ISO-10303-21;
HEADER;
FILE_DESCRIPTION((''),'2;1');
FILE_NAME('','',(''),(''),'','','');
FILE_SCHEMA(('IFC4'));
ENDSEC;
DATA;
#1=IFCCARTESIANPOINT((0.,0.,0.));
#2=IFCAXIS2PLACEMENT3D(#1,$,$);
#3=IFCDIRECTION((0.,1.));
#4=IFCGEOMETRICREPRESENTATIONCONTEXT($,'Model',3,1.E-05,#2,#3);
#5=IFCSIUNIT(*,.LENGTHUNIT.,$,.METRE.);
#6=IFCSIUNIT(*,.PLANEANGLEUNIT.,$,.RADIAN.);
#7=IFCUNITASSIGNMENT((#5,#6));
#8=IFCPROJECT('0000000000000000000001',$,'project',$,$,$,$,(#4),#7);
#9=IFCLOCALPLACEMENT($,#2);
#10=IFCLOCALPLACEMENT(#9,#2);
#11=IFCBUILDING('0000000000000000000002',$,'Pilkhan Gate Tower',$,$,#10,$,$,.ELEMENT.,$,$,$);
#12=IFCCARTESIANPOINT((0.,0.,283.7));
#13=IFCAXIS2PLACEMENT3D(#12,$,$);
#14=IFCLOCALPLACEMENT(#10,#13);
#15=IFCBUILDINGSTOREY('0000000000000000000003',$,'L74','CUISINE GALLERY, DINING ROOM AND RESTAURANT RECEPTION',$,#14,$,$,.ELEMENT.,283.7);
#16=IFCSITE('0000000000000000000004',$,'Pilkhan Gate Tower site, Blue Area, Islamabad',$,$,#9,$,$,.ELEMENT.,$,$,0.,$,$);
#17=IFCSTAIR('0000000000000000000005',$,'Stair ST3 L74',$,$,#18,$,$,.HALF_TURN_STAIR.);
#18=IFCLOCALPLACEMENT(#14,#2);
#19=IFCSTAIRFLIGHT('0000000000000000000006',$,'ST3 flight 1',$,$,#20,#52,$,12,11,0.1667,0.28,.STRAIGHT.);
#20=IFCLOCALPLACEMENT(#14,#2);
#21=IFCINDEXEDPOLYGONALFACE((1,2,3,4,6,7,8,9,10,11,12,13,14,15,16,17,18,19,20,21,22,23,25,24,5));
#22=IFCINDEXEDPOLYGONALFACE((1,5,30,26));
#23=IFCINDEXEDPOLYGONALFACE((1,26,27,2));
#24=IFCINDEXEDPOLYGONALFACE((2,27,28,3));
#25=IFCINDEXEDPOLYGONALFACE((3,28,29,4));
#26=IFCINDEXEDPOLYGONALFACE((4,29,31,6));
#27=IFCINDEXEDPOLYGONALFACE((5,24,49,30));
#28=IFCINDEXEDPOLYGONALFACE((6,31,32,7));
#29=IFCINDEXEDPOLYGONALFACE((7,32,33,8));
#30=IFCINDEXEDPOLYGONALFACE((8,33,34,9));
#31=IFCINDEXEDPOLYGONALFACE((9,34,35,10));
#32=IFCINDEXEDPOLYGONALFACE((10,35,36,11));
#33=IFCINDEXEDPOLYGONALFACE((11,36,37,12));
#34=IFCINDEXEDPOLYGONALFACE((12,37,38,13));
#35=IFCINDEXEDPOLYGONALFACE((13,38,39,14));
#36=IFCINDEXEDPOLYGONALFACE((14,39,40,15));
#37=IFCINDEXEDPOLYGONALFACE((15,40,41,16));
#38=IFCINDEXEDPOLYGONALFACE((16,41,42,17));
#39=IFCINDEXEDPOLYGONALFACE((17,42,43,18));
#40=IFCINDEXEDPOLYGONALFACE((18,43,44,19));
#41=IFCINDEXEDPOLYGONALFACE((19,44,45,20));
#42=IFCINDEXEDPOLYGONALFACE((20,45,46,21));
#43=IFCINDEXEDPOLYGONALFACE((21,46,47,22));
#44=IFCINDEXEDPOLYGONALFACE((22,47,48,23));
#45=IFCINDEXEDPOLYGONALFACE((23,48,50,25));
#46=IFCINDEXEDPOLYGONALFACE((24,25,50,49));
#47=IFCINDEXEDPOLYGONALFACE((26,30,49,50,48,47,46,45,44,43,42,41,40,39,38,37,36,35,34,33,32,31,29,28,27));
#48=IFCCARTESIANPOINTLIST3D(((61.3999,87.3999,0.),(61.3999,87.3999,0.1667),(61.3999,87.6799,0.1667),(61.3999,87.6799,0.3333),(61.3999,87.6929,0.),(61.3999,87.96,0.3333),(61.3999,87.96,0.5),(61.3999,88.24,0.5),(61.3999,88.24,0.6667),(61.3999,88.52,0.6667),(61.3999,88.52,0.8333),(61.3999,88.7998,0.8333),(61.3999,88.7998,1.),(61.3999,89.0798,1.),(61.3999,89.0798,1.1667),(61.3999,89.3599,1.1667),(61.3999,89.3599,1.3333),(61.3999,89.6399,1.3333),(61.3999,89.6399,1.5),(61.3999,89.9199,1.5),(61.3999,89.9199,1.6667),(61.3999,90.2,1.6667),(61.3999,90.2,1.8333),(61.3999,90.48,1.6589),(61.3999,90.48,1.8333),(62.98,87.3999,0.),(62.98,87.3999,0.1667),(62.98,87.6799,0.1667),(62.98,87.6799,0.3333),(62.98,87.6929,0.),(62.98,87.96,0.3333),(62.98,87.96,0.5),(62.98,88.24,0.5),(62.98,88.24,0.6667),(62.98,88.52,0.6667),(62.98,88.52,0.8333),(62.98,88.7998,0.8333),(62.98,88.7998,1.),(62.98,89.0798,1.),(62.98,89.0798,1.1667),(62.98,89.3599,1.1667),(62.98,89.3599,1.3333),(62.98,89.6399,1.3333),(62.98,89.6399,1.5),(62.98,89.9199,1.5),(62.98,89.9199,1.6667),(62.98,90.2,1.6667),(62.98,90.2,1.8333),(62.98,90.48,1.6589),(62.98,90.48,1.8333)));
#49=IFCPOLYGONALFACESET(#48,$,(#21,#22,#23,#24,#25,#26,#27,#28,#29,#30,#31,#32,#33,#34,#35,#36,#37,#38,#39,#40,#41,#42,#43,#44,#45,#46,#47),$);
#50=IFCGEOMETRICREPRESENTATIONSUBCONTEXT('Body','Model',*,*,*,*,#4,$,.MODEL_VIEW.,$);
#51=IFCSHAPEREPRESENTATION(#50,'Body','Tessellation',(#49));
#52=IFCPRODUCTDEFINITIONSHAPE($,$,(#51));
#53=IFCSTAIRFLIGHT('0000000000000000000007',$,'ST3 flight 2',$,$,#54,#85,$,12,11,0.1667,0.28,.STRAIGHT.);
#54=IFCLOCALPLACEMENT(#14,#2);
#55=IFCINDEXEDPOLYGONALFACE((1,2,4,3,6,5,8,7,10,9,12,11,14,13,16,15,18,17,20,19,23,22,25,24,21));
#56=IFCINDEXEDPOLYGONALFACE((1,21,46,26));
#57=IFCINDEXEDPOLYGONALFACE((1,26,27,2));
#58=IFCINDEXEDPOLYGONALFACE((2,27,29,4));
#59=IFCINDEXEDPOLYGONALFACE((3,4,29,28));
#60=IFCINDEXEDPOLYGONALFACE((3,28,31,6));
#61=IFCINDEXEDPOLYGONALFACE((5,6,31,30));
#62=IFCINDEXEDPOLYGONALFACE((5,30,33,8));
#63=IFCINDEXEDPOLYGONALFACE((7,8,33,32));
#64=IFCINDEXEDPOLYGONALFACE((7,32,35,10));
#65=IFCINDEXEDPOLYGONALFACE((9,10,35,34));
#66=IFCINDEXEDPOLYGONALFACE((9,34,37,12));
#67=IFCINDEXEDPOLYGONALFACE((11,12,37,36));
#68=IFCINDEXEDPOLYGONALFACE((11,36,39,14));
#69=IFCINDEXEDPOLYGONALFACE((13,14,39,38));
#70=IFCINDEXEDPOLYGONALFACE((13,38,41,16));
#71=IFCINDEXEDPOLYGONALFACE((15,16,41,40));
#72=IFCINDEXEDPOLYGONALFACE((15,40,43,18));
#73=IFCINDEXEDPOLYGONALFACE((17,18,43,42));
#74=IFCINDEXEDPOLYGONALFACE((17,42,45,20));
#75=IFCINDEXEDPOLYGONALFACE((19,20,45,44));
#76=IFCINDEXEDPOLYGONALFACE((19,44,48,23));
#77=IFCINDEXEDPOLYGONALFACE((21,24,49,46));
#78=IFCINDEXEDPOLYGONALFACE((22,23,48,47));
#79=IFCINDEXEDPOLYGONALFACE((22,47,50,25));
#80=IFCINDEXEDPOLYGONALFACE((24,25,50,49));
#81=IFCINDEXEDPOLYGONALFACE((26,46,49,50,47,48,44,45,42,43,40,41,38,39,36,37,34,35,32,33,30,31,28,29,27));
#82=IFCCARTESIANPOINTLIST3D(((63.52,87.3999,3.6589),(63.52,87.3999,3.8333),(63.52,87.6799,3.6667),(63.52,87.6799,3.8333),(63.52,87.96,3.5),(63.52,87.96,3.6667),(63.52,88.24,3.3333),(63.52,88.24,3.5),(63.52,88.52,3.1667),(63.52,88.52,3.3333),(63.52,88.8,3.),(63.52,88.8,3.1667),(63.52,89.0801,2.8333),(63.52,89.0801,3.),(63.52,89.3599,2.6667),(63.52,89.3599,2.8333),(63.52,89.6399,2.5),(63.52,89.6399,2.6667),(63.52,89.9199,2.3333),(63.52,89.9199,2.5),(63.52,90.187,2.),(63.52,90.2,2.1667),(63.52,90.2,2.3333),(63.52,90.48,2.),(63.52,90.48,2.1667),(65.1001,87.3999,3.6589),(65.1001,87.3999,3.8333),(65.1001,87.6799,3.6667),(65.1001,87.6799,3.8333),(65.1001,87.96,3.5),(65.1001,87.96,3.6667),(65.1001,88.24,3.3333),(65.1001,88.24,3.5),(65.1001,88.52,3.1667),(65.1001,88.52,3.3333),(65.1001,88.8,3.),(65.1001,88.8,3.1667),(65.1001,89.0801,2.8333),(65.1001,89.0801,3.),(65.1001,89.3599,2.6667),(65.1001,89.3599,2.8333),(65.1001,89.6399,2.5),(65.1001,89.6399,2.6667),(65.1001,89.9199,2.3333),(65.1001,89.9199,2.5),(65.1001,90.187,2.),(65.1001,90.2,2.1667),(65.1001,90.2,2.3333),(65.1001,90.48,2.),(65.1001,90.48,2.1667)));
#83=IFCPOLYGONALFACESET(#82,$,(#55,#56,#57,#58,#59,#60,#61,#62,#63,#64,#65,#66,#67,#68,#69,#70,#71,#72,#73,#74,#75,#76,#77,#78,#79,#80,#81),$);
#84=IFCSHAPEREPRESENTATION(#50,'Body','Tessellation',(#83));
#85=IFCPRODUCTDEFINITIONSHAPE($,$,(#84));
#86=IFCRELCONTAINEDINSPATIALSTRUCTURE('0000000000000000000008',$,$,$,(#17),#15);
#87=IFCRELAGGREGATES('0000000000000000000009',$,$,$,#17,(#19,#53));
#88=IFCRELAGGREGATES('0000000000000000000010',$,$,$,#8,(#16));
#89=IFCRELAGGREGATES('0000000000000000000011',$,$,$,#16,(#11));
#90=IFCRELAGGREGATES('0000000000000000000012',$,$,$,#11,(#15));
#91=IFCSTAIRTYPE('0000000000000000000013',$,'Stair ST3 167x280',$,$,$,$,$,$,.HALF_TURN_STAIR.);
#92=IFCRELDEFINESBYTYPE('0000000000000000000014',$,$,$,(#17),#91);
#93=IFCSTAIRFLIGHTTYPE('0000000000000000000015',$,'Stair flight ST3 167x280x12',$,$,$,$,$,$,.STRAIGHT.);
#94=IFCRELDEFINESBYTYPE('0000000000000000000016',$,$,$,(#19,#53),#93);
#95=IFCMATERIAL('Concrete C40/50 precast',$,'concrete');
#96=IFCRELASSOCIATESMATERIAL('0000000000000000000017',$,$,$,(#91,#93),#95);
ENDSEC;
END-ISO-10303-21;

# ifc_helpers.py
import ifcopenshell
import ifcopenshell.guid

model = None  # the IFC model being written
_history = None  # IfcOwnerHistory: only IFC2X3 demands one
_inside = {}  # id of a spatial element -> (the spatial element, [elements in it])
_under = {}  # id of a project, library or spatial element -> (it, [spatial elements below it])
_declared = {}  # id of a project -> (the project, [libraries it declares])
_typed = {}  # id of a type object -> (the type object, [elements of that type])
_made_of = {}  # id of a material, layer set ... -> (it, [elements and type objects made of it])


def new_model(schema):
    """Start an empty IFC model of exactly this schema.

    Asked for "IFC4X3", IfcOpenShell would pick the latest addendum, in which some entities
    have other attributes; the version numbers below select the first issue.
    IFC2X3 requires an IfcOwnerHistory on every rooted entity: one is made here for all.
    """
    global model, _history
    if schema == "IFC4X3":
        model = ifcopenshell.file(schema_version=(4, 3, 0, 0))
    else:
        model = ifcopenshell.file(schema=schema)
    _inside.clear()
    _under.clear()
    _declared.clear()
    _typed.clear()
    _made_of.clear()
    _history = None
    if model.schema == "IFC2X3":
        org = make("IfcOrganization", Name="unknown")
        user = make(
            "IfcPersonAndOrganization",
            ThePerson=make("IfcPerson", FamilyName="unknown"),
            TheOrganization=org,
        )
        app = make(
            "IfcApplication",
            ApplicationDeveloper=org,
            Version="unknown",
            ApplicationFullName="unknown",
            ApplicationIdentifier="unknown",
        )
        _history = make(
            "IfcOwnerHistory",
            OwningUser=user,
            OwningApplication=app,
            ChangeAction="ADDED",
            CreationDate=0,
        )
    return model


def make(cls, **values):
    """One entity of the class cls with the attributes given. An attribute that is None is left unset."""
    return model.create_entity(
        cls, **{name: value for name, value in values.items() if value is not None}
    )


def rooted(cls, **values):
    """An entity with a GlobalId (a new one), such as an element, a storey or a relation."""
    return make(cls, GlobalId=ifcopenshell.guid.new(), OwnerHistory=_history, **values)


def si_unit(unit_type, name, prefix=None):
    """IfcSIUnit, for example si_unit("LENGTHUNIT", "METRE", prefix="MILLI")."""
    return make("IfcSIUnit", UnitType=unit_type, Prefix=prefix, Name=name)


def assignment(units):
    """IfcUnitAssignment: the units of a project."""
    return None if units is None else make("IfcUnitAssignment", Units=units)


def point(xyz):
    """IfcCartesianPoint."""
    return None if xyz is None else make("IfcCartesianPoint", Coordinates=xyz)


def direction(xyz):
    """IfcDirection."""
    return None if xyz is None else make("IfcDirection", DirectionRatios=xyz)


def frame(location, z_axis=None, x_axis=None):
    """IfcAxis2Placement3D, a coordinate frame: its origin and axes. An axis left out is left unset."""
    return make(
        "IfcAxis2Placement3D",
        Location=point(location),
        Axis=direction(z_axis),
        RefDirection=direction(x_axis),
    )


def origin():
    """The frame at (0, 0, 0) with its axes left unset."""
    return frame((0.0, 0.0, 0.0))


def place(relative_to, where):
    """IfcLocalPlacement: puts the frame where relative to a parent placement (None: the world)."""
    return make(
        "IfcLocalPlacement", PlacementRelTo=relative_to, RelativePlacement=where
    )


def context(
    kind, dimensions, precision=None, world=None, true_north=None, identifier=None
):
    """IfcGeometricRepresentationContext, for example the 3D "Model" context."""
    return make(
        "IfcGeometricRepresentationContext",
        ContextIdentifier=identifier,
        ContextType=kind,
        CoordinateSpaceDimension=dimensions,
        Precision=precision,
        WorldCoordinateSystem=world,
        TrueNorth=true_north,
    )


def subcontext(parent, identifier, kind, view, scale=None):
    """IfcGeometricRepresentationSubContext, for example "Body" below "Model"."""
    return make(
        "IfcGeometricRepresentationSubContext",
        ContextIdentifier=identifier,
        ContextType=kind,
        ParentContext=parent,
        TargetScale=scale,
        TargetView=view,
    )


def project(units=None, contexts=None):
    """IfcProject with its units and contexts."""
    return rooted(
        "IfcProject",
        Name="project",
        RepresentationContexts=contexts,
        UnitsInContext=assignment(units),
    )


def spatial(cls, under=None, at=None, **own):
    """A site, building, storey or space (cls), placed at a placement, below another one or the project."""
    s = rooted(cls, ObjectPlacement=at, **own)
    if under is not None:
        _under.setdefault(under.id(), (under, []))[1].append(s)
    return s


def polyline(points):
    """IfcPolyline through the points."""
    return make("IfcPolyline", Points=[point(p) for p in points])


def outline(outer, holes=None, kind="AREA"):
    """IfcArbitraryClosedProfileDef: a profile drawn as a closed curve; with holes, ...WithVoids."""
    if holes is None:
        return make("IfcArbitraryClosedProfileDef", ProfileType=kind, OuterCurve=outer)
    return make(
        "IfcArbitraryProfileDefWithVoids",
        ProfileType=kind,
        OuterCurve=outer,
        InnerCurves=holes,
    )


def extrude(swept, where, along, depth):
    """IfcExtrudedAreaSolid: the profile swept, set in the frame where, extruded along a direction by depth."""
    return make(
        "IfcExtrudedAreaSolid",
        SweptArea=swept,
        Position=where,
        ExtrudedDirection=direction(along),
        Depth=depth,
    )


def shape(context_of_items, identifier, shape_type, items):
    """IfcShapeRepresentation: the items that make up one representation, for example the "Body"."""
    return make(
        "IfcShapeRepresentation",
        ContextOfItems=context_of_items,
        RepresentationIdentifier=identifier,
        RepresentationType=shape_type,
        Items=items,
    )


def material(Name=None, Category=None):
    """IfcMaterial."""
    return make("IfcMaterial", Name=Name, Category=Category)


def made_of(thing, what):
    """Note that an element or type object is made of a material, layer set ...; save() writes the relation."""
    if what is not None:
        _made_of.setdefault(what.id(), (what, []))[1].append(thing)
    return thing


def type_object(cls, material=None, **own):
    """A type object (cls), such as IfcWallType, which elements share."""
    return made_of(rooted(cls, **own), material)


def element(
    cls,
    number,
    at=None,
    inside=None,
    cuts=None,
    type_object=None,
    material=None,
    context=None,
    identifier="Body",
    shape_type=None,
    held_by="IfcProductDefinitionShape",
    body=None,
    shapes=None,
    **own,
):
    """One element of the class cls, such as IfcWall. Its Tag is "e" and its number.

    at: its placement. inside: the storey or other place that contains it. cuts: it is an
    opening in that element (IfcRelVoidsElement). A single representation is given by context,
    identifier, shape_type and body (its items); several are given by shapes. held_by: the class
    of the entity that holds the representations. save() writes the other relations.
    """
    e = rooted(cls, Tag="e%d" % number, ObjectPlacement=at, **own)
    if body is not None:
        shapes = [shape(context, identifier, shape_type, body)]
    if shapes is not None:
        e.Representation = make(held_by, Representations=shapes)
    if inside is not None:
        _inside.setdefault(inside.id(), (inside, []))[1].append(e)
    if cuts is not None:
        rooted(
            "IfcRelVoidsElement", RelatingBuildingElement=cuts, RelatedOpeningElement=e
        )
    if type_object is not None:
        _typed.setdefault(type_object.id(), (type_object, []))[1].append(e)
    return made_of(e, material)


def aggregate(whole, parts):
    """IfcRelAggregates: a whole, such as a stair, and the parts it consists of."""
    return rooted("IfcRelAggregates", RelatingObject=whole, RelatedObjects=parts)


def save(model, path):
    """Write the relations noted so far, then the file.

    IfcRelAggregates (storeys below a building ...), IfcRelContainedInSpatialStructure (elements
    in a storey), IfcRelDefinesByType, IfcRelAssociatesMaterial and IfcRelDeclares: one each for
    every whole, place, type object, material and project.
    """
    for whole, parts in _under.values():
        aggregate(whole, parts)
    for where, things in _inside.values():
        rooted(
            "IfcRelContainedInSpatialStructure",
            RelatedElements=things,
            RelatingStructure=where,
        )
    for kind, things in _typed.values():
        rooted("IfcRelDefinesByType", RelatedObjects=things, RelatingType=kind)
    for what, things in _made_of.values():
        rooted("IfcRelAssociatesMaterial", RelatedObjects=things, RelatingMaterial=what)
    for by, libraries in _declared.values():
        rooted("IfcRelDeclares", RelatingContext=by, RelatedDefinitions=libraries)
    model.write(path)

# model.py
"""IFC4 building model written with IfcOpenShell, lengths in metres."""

from ifc_helpers import new_model, si_unit, direction, frame, origin, place, context, subcontext, project, spatial, polyline, outline, extrude, material, type_object, element, aggregate, save


model = new_model("IFC4")

# Units and contexts
model_context = context("Model", 3, precision=1e-05, world=origin(), true_north=direction((0.0, 1.0)))
body_context = subcontext(model_context, "Body", "Model", "MODEL_VIEW")
ifc_project = project(units=[si_unit("LENGTHUNIT", "METRE"), si_unit("PLANEANGLEUNIT", "RADIAN")], contexts=[model_context])

# Site, building, storey
site_placement = place(None, origin())
site = spatial("IfcSite", under=ifc_project, at=site_placement, Name="Pilkhan Gate Tower site, Blue Area, Islamabad", CompositionType="ELEMENT", RefElevation=0.0)
building_placement = place(site_placement, origin())
building = spatial("IfcBuilding", under=site, at=building_placement, Name="Pilkhan Gate Tower", CompositionType="ELEMENT")
storey_placement = place(building_placement, frame((0.0, 0.0, 283.7)))
storey = spatial("IfcBuildingStorey", under=building, at=storey_placement, Name="L74", Description="CUISINE GALLERY, DINING ROOM AND RESTAURANT RECEPTION", CompositionType="ELEMENT", Elevation=283.7)

# Stair, stair flights
ifc_material_1 = material(Name="Concrete C40/50 precast", Category="concrete")
stair_type = type_object("IfcStairType", Name="Stair ST3 167x280", PredefinedType="HALF_TURN_STAIR", material=ifc_material_1)
stair_placement = place(storey_placement, origin())
stair = element("IfcStair", 1, at=stair_placement, inside=storey, type_object=stair_type, Name="Stair ST3 L74", PredefinedType="HALF_TURN_STAIR")
stair_flight_type = type_object("IfcStairFlightType", Name="Stair flight ST3 167x280x12", PredefinedType="STRAIGHT", material=ifc_material_1)
stair_flight_1_placement = place(storey_placement, frame((62.1899, 87.3999, 0.0), z_axis=(0.0, 0.0, 1.0), x_axis=(0.0, 1.0, 0.0)))
stair_flight_1 = element("IfcStairFlight", 2, at=stair_flight_1_placement, type_object=stair_flight_type, Name="ST3 flight 1", NumberOfRisers=12, NumberOfTreads=11, PredefinedType="STRAIGHT", RiserHeight=0.1667, TreadLength=0.28, context=body_context, shape_type="SweptSolid", body=[
    extrude(outline(polyline([(0.0, 0.0), (0.0, 0.1667), (0.28, 0.1667), (0.28, 0.3333), (0.5601, 0.3333), (0.5601, 0.5), (0.8401, 0.5), (0.8401, 0.6667), (1.1201, 0.6667), (1.1201, 0.8333), (1.3999, 0.8333), (1.3999, 1.0), (1.6799, 1.0), (1.6799, 1.1667), (1.96, 1.1667), (1.96, 1.3333), (2.24, 1.3333), (2.24, 1.5), (2.52, 1.5), (2.52, 1.6667), (2.8, 1.6667), (2.8, 1.8333), (3.0801, 1.8333), (3.0801, 2.0), (3.0801, 1.6589), (0.293, 0.0), (0.0, 0.0)])), frame((0.0, 0.79, 0.0), z_axis=(0.0, -1.0, 0.0), x_axis=(1.0, 0.0, 0.0)), (0.0, 0.0, 1.0), 1.5801),
])
stair_flight_2_placement = place(storey_placement, frame((64.3101, 90.48, 2.0), z_axis=(0.0, 0.0, 1.0), x_axis=(0.0, -1.0, 0.0)))
stair_flight_2 = element("IfcStairFlight", 3, at=stair_flight_2_placement, type_object=stair_flight_type, Name="ST3 flight 2", NumberOfRisers=12, NumberOfTreads=11, PredefinedType="STRAIGHT", RiserHeight=0.1667, TreadLength=0.28, context=body_context, shape_type="SweptSolid", body=[
    extrude(outline(polyline([(0.0, 0.0), (0.0, 0.1667), (0.28, 0.1667), (0.28, 0.3333), (0.5601, 0.3333), (0.5601, 0.5), (0.8401, 0.5), (0.8401, 0.6667), (1.1201, 0.6667), (1.1201, 0.8333), (1.3999, 0.8333), (1.3999, 1.0), (1.6799, 1.0), (1.6799, 1.1667), (1.96, 1.1667), (1.96, 1.3333), (2.24, 1.3333), (2.24, 1.5), (2.52, 1.5), (2.52, 1.6667), (2.8, 1.6667), (2.8, 1.8333), (3.0801, 1.8333), (3.0801, 2.0), (3.0801, 1.6589), (0.293, 0.0), (0.0, 0.0)])), frame((0.0, 0.79, 0.0), z_axis=(0.0, -1.0, 0.0), x_axis=(1.0, 0.0, 0.0)), (0.0, 0.0, 1.0), 1.5801),
])
aggregate(stair, [stair_flight_1, stair_flight_2])

save(model, "model.ifc")
